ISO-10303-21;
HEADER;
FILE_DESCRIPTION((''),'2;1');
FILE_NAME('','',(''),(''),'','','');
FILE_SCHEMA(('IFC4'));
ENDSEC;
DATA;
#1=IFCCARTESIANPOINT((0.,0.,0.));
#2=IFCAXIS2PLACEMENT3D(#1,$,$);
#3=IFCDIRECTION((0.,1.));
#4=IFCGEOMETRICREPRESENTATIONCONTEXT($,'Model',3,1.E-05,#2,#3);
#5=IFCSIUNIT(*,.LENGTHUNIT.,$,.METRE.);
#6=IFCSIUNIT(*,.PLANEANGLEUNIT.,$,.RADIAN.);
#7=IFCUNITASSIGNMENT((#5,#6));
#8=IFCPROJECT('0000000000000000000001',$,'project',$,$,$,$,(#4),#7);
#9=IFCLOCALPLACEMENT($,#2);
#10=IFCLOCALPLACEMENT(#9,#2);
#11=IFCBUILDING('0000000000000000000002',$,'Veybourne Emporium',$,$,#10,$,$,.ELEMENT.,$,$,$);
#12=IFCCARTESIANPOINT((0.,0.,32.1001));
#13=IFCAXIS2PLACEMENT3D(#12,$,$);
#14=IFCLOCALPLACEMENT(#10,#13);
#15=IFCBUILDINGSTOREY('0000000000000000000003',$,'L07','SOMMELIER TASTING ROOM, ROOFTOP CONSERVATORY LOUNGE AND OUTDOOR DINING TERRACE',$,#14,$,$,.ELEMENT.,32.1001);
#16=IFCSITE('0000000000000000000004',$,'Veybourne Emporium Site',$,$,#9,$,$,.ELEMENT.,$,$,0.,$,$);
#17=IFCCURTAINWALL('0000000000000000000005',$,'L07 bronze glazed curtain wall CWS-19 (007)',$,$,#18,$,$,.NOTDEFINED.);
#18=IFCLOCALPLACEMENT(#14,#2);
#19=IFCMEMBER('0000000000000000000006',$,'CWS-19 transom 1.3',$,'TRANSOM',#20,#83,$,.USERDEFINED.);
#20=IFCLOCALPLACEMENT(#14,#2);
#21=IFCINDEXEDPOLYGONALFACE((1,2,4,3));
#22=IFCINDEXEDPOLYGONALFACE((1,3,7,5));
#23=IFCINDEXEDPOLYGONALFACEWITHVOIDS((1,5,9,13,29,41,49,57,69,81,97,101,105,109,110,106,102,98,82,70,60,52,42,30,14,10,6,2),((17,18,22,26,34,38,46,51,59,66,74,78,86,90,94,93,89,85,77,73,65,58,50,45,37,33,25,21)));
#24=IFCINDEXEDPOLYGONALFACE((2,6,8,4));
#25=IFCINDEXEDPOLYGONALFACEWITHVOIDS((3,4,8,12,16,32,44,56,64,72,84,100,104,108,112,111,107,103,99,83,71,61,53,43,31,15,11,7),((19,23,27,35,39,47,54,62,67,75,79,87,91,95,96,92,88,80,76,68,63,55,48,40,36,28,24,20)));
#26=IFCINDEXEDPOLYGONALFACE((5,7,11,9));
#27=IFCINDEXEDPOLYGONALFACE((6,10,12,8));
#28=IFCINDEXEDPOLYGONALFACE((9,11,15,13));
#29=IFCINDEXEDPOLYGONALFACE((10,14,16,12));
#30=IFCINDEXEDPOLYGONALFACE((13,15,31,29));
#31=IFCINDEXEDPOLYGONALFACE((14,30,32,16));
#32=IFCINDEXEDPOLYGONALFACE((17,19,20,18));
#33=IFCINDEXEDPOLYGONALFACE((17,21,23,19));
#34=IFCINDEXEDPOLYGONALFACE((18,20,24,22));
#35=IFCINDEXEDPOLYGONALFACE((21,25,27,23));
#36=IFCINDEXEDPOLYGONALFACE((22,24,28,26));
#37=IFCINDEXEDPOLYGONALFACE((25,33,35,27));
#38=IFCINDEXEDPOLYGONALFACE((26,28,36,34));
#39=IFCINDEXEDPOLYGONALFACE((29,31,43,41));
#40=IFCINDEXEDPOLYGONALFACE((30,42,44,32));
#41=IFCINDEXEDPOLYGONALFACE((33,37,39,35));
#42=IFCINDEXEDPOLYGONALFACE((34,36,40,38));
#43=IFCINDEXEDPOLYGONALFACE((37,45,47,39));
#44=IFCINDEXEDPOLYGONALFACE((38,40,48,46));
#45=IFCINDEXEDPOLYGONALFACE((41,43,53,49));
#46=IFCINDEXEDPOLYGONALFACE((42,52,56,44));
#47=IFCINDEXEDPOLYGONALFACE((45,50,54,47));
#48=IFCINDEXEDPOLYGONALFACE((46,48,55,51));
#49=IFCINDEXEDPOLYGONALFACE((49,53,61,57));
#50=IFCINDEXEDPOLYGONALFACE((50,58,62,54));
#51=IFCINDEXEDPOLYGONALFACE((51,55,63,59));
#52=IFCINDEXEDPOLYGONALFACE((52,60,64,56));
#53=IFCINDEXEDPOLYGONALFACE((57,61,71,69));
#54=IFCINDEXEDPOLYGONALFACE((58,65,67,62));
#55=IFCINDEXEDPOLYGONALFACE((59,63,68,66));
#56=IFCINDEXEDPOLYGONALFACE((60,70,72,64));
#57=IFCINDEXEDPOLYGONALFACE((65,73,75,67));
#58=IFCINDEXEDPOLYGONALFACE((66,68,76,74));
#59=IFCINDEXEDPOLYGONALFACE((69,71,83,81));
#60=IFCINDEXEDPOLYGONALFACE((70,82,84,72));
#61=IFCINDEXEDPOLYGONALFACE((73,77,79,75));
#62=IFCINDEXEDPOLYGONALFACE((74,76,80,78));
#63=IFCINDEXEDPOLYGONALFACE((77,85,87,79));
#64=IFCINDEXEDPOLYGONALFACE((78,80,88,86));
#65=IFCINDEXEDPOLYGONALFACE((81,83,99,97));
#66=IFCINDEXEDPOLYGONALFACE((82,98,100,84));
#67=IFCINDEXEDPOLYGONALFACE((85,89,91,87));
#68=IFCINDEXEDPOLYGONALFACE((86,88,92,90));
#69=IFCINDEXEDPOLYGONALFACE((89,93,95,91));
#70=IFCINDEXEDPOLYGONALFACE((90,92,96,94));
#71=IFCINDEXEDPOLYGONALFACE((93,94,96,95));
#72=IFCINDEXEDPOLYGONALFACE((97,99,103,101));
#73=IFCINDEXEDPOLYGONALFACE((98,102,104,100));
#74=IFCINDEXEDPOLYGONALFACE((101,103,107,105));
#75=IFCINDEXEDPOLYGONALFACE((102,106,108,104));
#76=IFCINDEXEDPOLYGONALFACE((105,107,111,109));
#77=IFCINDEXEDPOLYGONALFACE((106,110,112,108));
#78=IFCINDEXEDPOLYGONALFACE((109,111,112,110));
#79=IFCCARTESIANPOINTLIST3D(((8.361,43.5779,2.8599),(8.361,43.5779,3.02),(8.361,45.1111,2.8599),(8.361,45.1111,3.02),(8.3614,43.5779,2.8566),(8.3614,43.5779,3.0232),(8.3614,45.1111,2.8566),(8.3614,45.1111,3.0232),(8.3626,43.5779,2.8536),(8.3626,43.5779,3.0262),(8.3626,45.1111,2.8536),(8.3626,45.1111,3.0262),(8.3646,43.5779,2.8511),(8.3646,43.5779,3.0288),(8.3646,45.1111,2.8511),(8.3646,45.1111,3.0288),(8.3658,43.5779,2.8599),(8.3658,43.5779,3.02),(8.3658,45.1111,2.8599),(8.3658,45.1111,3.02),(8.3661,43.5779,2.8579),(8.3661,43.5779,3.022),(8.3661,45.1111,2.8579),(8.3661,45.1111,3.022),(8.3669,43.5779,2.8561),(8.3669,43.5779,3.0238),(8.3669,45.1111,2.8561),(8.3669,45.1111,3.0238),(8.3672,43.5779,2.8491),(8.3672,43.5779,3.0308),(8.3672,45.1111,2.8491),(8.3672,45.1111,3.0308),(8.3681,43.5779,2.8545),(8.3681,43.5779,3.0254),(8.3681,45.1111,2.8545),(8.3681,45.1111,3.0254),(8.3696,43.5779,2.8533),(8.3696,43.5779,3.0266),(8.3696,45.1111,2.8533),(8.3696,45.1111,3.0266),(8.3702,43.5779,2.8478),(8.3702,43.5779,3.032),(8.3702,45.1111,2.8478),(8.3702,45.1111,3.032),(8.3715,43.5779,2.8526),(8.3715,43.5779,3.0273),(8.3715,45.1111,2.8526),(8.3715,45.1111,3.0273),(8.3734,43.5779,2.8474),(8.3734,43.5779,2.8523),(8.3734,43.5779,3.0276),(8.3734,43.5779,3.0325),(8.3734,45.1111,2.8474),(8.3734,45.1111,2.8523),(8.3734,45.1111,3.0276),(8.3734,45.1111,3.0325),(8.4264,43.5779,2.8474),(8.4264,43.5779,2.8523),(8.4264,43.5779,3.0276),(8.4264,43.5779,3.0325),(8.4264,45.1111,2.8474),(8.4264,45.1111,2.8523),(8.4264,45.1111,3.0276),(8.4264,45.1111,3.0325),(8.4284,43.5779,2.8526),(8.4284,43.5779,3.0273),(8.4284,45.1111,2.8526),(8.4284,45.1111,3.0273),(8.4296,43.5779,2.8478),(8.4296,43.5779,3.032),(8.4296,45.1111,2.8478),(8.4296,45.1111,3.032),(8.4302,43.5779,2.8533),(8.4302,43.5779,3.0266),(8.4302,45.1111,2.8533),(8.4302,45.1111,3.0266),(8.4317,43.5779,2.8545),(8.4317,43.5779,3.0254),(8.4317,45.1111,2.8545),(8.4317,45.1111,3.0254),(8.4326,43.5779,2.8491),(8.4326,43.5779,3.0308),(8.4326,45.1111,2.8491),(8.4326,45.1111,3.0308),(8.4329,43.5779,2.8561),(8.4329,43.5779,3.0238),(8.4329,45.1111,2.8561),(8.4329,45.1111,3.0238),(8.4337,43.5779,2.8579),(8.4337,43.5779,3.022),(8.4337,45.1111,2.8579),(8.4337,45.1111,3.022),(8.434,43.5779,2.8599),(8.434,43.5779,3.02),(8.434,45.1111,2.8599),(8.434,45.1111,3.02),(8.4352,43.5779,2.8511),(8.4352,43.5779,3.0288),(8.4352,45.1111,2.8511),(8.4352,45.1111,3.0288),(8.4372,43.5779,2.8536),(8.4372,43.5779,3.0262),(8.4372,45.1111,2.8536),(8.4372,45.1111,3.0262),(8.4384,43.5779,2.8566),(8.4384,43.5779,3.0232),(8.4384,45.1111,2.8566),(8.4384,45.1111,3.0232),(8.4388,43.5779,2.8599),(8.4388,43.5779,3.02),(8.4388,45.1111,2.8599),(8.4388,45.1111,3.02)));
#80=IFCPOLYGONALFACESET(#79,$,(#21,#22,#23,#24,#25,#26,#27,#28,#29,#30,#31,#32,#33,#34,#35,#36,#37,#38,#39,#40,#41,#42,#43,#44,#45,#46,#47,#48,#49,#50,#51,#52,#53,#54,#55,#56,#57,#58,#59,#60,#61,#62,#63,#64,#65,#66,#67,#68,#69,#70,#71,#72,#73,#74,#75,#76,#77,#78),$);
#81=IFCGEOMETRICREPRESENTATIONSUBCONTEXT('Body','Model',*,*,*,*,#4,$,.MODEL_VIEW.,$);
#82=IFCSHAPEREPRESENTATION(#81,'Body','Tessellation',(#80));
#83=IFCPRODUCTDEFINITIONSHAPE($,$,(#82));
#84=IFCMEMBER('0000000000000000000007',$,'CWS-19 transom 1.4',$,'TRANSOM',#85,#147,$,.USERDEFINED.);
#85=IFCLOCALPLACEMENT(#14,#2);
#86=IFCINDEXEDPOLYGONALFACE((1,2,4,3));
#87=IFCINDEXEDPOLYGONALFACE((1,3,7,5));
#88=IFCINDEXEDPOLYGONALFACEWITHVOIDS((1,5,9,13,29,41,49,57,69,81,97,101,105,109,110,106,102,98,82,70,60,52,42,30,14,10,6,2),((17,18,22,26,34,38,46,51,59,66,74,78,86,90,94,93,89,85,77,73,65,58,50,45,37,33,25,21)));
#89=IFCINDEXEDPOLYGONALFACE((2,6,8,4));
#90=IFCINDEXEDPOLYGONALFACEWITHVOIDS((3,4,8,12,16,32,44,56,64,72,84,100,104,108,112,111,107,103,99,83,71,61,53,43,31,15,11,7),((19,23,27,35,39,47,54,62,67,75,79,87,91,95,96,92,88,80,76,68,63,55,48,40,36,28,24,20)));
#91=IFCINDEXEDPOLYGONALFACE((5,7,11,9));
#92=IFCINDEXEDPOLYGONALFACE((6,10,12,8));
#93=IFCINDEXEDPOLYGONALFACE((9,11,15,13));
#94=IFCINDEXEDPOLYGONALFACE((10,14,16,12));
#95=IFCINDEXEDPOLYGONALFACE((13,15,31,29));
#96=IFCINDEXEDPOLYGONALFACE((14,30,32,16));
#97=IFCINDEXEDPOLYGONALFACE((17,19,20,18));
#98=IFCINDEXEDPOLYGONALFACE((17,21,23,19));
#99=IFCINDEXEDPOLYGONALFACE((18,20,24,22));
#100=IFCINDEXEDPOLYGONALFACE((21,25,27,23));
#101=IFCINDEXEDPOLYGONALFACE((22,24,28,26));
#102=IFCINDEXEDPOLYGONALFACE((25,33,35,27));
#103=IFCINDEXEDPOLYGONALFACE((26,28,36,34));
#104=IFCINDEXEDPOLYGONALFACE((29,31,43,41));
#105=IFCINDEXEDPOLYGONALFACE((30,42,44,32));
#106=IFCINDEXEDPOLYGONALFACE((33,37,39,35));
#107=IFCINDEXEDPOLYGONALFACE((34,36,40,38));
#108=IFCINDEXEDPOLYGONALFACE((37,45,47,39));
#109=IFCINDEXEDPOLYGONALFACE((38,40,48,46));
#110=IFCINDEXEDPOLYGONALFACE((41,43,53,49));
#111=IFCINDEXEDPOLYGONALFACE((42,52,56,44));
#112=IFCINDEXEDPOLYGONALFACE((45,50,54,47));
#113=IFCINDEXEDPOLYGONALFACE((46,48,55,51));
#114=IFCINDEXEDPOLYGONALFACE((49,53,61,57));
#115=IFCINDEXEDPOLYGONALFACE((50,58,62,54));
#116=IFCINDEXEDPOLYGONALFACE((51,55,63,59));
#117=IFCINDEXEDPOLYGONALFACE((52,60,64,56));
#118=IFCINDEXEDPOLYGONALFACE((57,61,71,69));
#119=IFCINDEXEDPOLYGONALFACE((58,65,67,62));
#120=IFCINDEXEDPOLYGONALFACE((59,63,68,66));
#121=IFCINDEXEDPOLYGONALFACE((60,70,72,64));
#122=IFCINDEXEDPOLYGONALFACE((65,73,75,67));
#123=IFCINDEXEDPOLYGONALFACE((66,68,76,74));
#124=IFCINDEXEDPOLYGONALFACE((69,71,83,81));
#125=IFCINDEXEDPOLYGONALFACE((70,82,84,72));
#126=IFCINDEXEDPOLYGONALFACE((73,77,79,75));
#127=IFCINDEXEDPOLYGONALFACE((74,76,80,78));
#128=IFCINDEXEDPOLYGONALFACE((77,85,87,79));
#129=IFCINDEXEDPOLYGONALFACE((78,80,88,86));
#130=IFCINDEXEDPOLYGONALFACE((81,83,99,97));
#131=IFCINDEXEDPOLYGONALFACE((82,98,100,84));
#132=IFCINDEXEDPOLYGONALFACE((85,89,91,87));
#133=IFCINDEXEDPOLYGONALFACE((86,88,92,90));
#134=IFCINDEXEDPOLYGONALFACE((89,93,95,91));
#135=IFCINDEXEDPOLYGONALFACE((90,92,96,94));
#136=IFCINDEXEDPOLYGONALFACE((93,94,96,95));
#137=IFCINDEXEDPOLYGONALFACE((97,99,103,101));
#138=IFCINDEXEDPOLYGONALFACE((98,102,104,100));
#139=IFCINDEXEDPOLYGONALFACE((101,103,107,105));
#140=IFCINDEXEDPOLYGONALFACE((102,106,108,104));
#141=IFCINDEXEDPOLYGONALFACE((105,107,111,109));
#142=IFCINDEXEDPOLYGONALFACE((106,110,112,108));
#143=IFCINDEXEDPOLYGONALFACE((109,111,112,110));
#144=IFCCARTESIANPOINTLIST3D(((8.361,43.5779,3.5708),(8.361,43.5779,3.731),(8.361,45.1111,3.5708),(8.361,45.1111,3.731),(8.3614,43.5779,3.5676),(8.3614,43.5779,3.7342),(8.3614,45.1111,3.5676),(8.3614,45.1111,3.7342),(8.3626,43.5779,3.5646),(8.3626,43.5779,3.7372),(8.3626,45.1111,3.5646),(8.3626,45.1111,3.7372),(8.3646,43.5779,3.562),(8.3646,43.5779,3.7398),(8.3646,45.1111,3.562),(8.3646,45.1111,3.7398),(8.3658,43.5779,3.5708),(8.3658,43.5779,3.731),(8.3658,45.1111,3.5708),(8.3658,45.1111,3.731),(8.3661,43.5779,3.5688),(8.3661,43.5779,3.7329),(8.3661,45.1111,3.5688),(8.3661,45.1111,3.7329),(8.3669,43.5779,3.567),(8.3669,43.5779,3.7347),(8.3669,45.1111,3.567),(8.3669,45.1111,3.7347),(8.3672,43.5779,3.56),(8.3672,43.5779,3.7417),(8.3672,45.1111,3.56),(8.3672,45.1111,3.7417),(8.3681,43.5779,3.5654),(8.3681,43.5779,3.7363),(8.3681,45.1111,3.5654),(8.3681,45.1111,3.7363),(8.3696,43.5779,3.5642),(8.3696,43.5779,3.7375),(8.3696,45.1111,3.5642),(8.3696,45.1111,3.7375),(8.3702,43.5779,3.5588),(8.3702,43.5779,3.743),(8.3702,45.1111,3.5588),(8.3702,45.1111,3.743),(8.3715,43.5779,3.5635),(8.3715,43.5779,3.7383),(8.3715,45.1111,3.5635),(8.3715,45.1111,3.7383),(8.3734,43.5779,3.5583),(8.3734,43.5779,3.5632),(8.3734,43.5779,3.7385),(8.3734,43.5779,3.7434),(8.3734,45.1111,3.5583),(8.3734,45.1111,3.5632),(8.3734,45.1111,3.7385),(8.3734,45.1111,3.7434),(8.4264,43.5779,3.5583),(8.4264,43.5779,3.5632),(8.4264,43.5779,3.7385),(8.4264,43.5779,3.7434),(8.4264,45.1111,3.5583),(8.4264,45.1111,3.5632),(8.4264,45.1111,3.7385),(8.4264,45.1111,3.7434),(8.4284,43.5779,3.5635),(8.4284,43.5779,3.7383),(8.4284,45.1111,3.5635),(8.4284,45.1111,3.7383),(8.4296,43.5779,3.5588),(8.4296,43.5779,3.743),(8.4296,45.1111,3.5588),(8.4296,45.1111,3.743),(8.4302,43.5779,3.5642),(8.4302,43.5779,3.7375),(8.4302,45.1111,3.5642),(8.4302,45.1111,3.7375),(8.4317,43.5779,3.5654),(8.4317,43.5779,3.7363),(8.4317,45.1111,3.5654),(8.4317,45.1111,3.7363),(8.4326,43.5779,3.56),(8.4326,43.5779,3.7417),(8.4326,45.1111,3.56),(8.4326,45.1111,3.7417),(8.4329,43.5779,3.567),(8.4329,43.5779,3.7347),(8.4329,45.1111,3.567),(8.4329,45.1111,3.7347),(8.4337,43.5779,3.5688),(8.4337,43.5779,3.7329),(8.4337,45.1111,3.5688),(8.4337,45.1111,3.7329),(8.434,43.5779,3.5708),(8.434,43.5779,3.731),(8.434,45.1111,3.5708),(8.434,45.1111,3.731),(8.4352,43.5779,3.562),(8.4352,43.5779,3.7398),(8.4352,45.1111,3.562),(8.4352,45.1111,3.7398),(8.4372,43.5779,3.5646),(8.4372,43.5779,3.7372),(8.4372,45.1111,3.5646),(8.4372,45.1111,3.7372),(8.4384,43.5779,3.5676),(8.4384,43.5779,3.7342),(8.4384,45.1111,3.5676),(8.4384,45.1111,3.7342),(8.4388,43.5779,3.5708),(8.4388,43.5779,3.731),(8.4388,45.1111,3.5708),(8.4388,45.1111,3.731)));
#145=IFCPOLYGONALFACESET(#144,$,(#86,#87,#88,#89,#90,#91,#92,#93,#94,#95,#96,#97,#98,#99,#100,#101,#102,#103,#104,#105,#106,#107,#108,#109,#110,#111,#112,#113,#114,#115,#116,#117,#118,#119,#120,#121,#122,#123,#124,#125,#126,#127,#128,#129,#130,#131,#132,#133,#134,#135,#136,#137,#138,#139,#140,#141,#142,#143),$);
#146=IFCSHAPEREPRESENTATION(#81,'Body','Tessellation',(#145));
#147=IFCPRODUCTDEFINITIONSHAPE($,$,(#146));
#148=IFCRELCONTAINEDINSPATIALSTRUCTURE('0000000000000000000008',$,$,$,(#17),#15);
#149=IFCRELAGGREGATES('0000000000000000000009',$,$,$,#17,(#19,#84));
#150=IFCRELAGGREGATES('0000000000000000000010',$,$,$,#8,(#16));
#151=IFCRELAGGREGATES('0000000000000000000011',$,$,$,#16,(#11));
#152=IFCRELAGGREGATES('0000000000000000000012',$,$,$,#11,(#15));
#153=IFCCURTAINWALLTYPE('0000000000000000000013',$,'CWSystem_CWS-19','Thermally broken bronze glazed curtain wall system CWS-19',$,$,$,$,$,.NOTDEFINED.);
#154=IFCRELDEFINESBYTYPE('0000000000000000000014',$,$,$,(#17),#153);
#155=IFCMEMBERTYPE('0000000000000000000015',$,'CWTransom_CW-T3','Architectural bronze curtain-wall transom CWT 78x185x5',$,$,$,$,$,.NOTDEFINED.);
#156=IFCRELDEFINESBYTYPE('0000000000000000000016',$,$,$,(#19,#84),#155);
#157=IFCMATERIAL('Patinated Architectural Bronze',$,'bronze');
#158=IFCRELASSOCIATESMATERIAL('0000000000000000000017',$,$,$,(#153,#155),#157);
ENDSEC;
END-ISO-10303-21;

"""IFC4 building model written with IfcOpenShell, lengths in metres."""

from ifc_helpers import new_model, si_unit, direction, frame, origin, origin_2d, place, context, subcontext, project, spatial, hollow_rectangle, extrude, material, material_profile, profile_set, type_object, element, aggregate, save


model = new_model("IFC4")

# Units and contexts
model_context = context("Model", 3, precision=1e-05, world=origin(), true_north=direction((0.0, 1.0)))
body_context = subcontext(model_context, "Body", "Model", "MODEL_VIEW")
ifc_project = project(units=[si_unit("LENGTHUNIT", "METRE"), si_unit("PLANEANGLEUNIT", "RADIAN")], contexts=[model_context])

# Site, building, storey
site_placement = place(None, origin())
site = spatial("IfcSite", under=ifc_project, at=site_placement, Name="Veybourne Emporium Site", CompositionType="ELEMENT", RefElevation=0.0)
building_placement = place(site_placement, origin())
building = spatial("IfcBuilding", under=site, at=building_placement, Name="Veybourne Emporium", CompositionType="ELEMENT")
storey_placement = place(building_placement, frame((0.0, 0.0, 32.1001)))
storey = spatial("IfcBuildingStorey", under=building, at=storey_placement, Name="L07", Description="SOMMELIER TASTING ROOM, ROOFTOP CONSERVATORY LOUNGE AND OUTDOOR DINING TERRACE", CompositionType="ELEMENT", Elevation=32.1001)

# Curtain wall, members
ifc_material_1 = material(Name="Patinated Architectural Bronze", Category="bronze")
curtain_wall_type = type_object("IfcCurtainWallType", Name="CWSystem_CWS-19", Description="Thermally broken bronze glazed curtain wall system CWS-19", PredefinedType="NOTDEFINED", material=ifc_material_1)
curtain_wall_placement = place(storey_placement, origin())
curtain_wall = element("IfcCurtainWall", 1, at=curtain_wall_placement, inside=storey, type_object=curtain_wall_type, Name="L07 bronze glazed curtain wall CWS-19 (007)", PredefinedType="NOTDEFINED")
ifc_material_profile_1 = material_profile(ifc_material_1, hollow_rectangle(XDim=0.0779, YDim=0.1851, WallThickness=0.0049, InnerFilletRadius=0.0076, OuterFilletRadius=0.0125, at=origin_2d()), Name="CWT 78x185x5")
ifc_profile_set_1 = profile_set([ifc_material_profile_1], Name="Patinated Architectural Bronze")
member_type_1 = type_object("IfcMemberType", Name="CWTransom_CW-T3", Description="Architectural bronze curtain-wall transom CWT 78x185x5", PredefinedType="NOTDEFINED", material=ifc_profile_set_1)
member_1_placement = place(storey_placement, frame((8.3999, 43.5779, 2.9399), z_axis=(0.0, 1.0, 0.0), x_axis=(-1.0, 0.0, 0.0)))
member_1 = element("IfcMember", 2, at=member_1_placement, type_object=member_type_1, Name="CWS-19 transom 1.3", ObjectType="TRANSOM", PredefinedType="USERDEFINED", context=body_context, shape_type="SweptSolid", body=[
    extrude(hollow_rectangle(XDim=0.0779, YDim=0.1851, WallThickness=0.0049, InnerFilletRadius=0.0076, OuterFilletRadius=0.0125, at=origin_2d()), origin(), (0.0, 0.0, 1.0), 1.5332),
])
member_2_placement = place(storey_placement, frame((8.3999, 43.5779, 3.6509), z_axis=(0.0, 1.0, 0.0), x_axis=(-1.0, 0.0, 0.0)))
member_2 = element("IfcMember", 3, at=member_2_placement, type_object=member_type_1, Name="CWS-19 transom 1.4", ObjectType="TRANSOM", PredefinedType="USERDEFINED", context=body_context, shape_type="SweptSolid", body=[
    extrude(hollow_rectangle(XDim=0.0779, YDim=0.1851, WallThickness=0.0049, InnerFilletRadius=0.0076, OuterFilletRadius=0.0125, at=origin_2d()), origin(), (0.0, 0.0, 1.0), 1.5332),
])

aggregate(curtain_wall, [member_1, member_2])

save(model, "model.ifc")
